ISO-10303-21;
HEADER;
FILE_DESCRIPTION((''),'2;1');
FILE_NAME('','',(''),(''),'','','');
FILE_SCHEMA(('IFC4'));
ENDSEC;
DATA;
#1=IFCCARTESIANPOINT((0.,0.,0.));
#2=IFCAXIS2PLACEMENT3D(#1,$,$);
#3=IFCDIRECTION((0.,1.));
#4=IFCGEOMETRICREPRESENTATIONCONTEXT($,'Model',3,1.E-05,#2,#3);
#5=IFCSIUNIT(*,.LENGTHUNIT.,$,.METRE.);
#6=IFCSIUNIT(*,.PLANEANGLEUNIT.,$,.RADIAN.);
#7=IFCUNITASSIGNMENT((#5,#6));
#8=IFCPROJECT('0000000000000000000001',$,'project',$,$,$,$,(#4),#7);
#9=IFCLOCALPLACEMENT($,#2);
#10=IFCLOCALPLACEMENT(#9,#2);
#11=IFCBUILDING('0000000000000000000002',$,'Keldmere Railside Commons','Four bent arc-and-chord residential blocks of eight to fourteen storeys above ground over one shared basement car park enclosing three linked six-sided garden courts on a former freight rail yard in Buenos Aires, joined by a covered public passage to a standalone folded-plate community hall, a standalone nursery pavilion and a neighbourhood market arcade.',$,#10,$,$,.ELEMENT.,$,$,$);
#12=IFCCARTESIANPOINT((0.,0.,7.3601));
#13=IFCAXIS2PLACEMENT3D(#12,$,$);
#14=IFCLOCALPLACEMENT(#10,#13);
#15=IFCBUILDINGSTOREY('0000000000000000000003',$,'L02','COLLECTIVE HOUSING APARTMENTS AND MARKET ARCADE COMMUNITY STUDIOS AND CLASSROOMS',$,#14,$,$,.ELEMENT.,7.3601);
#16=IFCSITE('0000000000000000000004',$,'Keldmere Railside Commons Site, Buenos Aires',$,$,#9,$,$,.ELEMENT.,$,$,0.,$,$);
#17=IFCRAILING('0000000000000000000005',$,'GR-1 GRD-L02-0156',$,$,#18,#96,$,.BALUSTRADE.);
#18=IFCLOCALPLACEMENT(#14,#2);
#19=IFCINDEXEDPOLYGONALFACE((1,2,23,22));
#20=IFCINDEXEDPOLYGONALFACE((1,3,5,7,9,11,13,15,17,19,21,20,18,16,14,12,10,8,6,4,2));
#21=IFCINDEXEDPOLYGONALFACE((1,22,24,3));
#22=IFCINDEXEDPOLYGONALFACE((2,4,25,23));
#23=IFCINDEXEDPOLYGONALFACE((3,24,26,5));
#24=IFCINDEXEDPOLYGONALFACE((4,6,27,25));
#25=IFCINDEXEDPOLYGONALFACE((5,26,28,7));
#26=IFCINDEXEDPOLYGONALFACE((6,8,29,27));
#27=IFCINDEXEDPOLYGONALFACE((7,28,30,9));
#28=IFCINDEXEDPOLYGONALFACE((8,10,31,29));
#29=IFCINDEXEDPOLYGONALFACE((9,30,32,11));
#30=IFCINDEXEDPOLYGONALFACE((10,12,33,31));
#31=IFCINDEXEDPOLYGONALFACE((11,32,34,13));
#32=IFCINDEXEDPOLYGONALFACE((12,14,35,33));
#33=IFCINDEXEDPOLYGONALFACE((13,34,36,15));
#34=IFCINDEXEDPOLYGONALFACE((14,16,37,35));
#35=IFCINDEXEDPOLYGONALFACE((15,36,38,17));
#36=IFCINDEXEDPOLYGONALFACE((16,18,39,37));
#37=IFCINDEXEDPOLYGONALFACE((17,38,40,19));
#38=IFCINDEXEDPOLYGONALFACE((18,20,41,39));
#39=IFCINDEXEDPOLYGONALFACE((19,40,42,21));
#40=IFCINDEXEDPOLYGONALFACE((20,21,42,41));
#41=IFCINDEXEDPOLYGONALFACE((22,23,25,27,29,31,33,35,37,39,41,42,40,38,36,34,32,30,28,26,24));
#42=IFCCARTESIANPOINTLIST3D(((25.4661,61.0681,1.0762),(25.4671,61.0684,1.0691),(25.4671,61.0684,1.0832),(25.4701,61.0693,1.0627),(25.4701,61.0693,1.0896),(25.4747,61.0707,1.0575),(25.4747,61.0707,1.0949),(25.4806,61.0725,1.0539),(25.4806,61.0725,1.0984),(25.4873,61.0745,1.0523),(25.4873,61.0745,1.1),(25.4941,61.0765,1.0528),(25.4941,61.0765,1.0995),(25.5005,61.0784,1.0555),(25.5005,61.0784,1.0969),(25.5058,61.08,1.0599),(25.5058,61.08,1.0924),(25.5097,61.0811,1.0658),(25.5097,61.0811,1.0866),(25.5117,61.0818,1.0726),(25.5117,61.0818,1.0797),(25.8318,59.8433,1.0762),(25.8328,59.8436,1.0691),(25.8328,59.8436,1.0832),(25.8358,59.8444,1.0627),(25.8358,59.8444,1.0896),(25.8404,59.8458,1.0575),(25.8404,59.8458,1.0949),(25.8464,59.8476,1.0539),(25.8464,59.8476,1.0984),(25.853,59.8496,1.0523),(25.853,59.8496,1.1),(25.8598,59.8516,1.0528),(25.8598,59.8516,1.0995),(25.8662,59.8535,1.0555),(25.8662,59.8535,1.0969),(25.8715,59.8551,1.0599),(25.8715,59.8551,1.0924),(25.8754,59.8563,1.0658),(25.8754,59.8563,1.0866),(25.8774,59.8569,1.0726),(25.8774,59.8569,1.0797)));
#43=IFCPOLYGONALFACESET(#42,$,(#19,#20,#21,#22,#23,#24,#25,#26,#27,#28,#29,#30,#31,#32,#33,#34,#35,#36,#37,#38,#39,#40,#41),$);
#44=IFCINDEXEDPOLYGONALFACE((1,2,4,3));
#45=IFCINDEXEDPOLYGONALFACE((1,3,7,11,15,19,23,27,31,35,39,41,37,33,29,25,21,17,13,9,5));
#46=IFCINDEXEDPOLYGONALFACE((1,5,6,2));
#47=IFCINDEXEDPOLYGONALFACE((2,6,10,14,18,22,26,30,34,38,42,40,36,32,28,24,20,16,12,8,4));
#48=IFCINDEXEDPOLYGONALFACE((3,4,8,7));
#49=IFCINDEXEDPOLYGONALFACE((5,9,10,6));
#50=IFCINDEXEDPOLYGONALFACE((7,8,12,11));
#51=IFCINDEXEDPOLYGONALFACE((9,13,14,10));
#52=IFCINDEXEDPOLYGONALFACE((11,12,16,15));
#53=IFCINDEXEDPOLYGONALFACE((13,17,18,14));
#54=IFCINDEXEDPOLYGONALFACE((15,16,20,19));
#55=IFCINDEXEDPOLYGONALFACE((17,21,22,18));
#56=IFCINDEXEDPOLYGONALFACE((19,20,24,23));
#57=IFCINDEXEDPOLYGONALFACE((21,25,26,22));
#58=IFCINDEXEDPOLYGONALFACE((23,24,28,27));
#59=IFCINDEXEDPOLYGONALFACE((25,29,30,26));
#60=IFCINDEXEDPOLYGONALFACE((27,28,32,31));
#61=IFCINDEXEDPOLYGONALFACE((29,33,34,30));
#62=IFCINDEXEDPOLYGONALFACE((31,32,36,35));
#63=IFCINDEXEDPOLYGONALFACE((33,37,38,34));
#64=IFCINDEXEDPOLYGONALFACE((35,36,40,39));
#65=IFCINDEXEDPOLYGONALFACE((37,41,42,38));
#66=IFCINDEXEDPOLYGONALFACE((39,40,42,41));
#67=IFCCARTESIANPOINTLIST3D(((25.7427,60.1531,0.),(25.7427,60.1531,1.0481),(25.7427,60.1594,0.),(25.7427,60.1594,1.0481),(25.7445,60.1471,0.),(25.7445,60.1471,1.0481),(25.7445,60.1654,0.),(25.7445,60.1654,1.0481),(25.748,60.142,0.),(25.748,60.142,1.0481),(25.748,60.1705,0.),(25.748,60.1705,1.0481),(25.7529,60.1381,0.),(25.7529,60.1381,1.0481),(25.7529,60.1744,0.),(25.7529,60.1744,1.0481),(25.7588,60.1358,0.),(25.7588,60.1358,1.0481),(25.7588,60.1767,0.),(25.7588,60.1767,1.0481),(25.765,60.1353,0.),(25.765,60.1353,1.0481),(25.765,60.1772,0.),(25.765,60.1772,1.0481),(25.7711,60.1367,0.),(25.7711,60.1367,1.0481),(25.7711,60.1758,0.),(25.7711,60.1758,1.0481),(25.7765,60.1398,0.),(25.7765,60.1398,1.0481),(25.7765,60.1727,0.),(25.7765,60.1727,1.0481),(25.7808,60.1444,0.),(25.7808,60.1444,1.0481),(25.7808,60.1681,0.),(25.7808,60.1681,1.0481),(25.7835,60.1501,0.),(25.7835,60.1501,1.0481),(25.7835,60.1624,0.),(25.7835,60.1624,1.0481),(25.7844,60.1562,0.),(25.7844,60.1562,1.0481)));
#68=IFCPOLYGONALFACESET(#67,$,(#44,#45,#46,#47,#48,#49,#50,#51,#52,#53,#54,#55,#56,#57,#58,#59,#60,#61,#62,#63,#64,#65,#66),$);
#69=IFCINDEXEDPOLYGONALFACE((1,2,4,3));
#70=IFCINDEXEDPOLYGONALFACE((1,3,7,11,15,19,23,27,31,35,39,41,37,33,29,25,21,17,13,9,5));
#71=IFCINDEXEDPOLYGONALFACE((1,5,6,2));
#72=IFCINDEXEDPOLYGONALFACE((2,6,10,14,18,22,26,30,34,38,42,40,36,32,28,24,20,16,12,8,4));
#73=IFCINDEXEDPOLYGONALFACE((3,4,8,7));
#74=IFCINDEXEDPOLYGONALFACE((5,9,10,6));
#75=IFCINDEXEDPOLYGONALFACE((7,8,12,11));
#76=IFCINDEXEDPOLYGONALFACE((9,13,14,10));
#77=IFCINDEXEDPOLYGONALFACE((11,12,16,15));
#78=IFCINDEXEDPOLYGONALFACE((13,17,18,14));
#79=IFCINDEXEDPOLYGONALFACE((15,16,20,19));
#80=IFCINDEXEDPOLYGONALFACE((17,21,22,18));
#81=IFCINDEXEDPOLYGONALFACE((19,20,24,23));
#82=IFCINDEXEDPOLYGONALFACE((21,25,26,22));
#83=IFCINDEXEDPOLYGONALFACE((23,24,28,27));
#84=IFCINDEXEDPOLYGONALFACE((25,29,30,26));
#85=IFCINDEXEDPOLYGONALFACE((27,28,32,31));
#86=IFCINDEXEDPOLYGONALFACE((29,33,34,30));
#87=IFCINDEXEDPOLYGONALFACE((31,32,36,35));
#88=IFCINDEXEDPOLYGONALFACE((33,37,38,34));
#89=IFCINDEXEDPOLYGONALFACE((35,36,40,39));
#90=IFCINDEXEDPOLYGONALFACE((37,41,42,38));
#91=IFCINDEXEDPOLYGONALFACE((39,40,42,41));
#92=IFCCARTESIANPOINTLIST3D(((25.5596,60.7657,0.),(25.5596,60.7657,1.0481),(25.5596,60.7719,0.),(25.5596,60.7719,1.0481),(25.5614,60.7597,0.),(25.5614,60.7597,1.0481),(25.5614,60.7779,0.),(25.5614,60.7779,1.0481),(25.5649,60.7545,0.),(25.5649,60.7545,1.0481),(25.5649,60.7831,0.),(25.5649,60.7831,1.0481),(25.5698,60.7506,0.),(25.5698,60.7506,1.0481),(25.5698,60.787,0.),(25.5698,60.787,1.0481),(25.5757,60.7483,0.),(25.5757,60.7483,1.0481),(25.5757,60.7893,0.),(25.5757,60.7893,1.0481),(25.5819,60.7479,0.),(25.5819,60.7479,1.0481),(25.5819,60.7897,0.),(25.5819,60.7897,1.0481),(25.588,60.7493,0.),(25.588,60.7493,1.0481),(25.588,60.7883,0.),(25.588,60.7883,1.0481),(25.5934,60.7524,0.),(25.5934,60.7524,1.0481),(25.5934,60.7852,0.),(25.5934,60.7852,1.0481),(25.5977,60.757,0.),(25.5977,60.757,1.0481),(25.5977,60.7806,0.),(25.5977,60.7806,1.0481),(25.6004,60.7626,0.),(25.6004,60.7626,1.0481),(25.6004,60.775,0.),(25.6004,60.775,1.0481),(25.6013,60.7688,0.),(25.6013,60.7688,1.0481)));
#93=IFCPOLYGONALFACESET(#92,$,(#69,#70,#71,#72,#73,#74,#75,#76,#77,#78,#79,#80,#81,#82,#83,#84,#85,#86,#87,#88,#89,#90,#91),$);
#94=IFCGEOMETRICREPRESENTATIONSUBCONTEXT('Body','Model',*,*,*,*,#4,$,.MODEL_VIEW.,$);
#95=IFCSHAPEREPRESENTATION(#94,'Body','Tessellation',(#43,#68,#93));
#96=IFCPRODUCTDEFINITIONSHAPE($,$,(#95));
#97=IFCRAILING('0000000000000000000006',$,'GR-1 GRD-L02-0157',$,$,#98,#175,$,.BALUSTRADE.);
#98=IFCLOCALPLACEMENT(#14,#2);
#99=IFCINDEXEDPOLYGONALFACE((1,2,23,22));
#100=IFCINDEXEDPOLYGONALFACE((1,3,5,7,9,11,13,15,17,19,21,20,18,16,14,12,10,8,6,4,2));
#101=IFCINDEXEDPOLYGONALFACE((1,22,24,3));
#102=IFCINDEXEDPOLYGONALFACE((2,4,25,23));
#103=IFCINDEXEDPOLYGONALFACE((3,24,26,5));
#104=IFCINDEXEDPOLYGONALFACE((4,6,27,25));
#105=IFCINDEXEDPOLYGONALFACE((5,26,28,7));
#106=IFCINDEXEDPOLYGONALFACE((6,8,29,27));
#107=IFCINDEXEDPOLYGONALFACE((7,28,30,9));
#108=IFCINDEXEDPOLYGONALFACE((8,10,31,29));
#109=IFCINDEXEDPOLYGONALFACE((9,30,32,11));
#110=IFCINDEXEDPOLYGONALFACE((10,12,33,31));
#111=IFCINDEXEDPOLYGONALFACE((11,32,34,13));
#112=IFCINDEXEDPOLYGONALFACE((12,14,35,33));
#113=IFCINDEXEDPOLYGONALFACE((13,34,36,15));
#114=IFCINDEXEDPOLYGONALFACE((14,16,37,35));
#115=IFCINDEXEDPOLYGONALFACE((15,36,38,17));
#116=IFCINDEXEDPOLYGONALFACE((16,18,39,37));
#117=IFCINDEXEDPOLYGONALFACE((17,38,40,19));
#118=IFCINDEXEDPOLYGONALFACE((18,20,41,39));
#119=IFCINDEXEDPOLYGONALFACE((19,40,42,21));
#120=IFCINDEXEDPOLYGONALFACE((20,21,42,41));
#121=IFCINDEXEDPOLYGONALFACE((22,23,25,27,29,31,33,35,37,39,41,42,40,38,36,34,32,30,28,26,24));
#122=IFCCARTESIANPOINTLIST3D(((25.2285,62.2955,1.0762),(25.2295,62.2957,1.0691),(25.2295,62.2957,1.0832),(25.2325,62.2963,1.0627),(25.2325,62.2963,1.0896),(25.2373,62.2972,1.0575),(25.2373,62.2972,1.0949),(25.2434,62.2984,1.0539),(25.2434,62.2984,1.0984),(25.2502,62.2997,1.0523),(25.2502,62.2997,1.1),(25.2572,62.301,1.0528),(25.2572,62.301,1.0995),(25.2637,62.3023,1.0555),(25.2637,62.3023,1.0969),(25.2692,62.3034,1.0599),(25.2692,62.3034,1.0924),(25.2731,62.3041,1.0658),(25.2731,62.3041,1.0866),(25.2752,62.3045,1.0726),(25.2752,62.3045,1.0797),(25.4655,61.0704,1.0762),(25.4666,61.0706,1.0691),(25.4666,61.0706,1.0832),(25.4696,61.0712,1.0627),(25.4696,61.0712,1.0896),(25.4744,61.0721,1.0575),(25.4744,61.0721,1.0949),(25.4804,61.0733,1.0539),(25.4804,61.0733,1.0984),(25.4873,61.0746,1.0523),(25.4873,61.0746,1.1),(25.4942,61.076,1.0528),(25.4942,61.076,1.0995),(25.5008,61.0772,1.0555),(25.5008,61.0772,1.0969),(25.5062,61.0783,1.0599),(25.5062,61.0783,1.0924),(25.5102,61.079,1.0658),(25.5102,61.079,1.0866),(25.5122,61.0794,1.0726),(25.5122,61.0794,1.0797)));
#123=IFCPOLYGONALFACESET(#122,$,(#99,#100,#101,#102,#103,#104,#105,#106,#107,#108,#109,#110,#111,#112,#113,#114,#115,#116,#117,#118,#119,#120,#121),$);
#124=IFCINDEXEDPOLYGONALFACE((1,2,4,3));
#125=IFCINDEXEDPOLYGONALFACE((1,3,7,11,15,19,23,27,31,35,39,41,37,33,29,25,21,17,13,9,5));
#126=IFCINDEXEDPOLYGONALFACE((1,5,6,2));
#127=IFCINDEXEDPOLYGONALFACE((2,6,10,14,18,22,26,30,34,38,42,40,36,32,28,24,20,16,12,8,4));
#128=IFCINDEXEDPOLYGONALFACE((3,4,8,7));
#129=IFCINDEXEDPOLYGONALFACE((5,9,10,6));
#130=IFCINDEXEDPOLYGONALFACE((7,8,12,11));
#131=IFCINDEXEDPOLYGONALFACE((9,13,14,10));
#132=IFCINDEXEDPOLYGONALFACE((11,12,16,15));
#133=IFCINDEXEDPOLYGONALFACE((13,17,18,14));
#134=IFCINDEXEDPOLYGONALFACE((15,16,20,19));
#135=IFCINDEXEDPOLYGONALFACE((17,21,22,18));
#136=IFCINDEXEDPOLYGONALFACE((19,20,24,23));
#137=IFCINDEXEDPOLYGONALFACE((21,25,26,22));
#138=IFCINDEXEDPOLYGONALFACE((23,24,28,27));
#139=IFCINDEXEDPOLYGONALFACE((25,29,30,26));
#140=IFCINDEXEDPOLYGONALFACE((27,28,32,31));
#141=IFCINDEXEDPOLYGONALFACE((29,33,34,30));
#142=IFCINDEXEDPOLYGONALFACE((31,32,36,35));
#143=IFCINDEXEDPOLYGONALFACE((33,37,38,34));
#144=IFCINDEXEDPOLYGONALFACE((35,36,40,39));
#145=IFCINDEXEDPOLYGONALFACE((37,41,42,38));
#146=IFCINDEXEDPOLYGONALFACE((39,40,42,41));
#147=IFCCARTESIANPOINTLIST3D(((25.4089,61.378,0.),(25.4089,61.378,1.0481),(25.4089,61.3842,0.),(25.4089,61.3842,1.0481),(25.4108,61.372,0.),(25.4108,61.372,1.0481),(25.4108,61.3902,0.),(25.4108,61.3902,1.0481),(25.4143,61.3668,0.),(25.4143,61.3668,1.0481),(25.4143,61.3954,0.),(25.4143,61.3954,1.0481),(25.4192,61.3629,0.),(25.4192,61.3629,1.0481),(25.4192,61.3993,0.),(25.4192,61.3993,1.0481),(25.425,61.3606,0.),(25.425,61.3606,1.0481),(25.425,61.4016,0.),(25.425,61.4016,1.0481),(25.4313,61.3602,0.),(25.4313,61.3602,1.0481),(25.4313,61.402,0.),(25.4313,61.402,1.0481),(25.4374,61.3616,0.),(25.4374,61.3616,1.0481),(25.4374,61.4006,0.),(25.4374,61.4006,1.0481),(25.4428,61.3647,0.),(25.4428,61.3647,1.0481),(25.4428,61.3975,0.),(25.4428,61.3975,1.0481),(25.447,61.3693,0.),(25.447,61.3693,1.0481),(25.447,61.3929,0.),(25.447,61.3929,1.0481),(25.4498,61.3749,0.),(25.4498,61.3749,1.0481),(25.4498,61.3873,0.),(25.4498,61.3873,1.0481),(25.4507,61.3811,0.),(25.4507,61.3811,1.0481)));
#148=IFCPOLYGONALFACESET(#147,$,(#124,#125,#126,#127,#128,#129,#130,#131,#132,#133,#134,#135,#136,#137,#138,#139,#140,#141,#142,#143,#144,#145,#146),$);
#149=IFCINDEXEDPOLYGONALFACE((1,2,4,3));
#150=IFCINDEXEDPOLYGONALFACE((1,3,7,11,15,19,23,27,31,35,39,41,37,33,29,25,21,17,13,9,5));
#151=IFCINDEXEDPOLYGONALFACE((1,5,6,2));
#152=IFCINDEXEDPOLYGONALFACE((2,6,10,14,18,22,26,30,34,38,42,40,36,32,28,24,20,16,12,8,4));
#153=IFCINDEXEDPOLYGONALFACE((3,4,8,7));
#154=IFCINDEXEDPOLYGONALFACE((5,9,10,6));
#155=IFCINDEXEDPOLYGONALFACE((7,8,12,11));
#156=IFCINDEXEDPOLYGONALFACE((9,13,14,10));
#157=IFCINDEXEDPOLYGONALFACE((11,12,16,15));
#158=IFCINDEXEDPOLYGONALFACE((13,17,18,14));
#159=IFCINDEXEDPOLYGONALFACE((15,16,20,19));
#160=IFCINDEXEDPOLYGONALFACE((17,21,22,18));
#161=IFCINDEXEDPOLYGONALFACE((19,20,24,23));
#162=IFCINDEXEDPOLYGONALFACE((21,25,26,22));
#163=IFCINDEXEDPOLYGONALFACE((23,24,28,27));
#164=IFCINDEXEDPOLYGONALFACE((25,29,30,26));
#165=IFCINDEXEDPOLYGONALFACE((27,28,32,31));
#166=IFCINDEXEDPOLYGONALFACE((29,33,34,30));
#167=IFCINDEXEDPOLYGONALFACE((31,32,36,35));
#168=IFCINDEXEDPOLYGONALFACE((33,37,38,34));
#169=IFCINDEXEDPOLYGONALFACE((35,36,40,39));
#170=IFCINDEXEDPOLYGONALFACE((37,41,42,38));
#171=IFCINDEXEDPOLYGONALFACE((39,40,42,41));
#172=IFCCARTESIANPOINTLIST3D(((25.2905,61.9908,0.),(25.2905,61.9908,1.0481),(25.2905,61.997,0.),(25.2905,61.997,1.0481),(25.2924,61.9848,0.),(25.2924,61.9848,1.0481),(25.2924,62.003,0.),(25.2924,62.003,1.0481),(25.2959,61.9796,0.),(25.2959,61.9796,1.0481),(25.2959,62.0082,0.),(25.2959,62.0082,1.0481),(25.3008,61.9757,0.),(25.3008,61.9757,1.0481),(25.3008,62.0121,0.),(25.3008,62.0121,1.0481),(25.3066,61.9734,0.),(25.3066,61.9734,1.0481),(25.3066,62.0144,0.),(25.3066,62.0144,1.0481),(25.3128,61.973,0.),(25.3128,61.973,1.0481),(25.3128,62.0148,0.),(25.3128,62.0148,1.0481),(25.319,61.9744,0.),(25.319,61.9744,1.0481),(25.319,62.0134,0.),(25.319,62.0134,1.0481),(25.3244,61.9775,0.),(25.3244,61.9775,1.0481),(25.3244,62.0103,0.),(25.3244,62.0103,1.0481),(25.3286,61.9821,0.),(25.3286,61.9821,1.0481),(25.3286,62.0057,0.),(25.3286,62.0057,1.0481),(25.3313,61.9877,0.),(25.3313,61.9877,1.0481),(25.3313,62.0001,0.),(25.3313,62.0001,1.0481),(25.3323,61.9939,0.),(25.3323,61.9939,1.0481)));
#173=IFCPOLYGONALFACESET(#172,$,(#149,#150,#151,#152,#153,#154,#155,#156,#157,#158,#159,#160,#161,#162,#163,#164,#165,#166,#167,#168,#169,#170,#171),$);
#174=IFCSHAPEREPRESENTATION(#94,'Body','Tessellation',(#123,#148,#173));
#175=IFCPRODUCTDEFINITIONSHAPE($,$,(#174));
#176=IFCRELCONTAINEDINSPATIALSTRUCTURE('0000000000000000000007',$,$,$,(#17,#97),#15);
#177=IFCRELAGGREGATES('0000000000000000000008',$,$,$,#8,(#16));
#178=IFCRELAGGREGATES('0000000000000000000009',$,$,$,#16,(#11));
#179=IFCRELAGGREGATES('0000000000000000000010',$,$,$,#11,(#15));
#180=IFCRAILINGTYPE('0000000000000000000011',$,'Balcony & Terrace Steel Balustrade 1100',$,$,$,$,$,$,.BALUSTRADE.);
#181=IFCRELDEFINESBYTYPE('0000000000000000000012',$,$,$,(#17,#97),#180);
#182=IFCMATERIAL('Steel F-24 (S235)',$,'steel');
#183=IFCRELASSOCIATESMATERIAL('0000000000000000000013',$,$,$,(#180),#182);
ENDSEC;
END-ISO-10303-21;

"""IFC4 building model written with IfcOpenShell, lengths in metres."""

from ifc_helpers import new_model, si_unit, direction, frame, origin, origin_2d, place, context, subcontext, project, spatial, circle, extrude, material, type_object, element, save


model = new_model("IFC4")

# Units and contexts
model_context = context("Model", 3, precision=1e-05, world=origin(), true_north=direction((0.0, 1.0)))
body_context = subcontext(model_context, "Body", "Model", "MODEL_VIEW")
ifc_project = project(units=[si_unit("LENGTHUNIT", "METRE"), si_unit("PLANEANGLEUNIT", "RADIAN")], contexts=[model_context])

# Site, building, storey
site_placement = place(None, origin())
site = spatial("IfcSite", under=ifc_project, at=site_placement, Name="Keldmere Railside Commons Site, Buenos Aires", CompositionType="ELEMENT", RefElevation=0.0)
building_placement = place(site_placement, origin())
building = spatial("IfcBuilding", under=site, at=building_placement, Name="Keldmere Railside Commons", Description="Four bent arc-and-chord residential blocks of eight to fourteen storeys above ground over one shared basement car park enclosing three linked six-sided garden courts on a former freight rail yard in Buenos Aires, joined by a covered public passage to a standalone folded-plate community hall, a standalone nursery pavilion and a neighbourhood market arcade.", CompositionType="ELEMENT")
storey_placement = place(building_placement, frame((0.0, 0.0, 7.3601)))
storey = spatial("IfcBuildingStorey", under=building, at=storey_placement, Name="L02", Description="COLLECTIVE HOUSING APARTMENTS AND MARKET ARCADE COMMUNITY STUDIOS AND CLASSROOMS", CompositionType="ELEMENT", Elevation=7.3601)

# Railings
ifc_material_1 = material(Name="Steel F-24 (S235)", Category="steel")
railing_type = type_object("IfcRailingType", Name="Balcony & Terrace Steel Balustrade 1100", PredefinedType="BALUSTRADE", material=ifc_material_1)
railing_1_placement = place(storey_placement, frame((25.8547, 59.8501, 0.0)))
element("IfcRailing", 1, at=railing_1_placement, inside=storey, type_object=railing_type, Name="GR-1 GRD-L02-0156", PredefinedType="BALUSTRADE", context=body_context, shape_type="SweptSolid", body=[
    extrude(circle(Radius=0.0239, at=origin_2d()), frame((0.0, 0.0, 1.0762), z_axis=(-0.286104, 0.958199, 0.0), x_axis=(-0.958199, -0.286104, 0.0)), (0.0, 0.0, 1.0), 1.2783),
    extrude(circle(Radius=0.021, at=origin_2d()), frame((-0.0913, 0.3062, 0.0)), (0.0, 0.0, 1.0), 1.0481),
    extrude(circle(Radius=0.021, at=origin_2d()), frame((-0.2744, 0.9187, 0.0)), (0.0, 0.0, 1.0), 1.0481),
])
railing_2_placement = place(storey_placement, frame((25.489, 61.075, 0.0)))
element("IfcRailing", 2, at=railing_2_placement, inside=storey, type_object=railing_type, Name="GR-1 GRD-L02-0157", PredefinedType="BALUSTRADE", context=body_context, shape_type="SweptSolid", body=[
    extrude(circle(Radius=0.0239, at=origin_2d()), frame((0.0, 0.0, 1.0762), z_axis=(-0.189979, 0.981788, 0.0), x_axis=(-0.981788, -0.189979, 0.0)), (0.0, 0.0, 1.0), 1.2478),
    extrude(circle(Radius=0.021, at=origin_2d()), frame((-0.0593, 0.3062, 0.0)), (0.0, 0.0, 1.0), 1.0481),
    extrude(circle(Radius=0.021, at=origin_2d()), frame((-0.1777, 0.9189, 0.0)), (0.0, 0.0, 1.0), 1.0481),
])

save(model, "model.ifc")
